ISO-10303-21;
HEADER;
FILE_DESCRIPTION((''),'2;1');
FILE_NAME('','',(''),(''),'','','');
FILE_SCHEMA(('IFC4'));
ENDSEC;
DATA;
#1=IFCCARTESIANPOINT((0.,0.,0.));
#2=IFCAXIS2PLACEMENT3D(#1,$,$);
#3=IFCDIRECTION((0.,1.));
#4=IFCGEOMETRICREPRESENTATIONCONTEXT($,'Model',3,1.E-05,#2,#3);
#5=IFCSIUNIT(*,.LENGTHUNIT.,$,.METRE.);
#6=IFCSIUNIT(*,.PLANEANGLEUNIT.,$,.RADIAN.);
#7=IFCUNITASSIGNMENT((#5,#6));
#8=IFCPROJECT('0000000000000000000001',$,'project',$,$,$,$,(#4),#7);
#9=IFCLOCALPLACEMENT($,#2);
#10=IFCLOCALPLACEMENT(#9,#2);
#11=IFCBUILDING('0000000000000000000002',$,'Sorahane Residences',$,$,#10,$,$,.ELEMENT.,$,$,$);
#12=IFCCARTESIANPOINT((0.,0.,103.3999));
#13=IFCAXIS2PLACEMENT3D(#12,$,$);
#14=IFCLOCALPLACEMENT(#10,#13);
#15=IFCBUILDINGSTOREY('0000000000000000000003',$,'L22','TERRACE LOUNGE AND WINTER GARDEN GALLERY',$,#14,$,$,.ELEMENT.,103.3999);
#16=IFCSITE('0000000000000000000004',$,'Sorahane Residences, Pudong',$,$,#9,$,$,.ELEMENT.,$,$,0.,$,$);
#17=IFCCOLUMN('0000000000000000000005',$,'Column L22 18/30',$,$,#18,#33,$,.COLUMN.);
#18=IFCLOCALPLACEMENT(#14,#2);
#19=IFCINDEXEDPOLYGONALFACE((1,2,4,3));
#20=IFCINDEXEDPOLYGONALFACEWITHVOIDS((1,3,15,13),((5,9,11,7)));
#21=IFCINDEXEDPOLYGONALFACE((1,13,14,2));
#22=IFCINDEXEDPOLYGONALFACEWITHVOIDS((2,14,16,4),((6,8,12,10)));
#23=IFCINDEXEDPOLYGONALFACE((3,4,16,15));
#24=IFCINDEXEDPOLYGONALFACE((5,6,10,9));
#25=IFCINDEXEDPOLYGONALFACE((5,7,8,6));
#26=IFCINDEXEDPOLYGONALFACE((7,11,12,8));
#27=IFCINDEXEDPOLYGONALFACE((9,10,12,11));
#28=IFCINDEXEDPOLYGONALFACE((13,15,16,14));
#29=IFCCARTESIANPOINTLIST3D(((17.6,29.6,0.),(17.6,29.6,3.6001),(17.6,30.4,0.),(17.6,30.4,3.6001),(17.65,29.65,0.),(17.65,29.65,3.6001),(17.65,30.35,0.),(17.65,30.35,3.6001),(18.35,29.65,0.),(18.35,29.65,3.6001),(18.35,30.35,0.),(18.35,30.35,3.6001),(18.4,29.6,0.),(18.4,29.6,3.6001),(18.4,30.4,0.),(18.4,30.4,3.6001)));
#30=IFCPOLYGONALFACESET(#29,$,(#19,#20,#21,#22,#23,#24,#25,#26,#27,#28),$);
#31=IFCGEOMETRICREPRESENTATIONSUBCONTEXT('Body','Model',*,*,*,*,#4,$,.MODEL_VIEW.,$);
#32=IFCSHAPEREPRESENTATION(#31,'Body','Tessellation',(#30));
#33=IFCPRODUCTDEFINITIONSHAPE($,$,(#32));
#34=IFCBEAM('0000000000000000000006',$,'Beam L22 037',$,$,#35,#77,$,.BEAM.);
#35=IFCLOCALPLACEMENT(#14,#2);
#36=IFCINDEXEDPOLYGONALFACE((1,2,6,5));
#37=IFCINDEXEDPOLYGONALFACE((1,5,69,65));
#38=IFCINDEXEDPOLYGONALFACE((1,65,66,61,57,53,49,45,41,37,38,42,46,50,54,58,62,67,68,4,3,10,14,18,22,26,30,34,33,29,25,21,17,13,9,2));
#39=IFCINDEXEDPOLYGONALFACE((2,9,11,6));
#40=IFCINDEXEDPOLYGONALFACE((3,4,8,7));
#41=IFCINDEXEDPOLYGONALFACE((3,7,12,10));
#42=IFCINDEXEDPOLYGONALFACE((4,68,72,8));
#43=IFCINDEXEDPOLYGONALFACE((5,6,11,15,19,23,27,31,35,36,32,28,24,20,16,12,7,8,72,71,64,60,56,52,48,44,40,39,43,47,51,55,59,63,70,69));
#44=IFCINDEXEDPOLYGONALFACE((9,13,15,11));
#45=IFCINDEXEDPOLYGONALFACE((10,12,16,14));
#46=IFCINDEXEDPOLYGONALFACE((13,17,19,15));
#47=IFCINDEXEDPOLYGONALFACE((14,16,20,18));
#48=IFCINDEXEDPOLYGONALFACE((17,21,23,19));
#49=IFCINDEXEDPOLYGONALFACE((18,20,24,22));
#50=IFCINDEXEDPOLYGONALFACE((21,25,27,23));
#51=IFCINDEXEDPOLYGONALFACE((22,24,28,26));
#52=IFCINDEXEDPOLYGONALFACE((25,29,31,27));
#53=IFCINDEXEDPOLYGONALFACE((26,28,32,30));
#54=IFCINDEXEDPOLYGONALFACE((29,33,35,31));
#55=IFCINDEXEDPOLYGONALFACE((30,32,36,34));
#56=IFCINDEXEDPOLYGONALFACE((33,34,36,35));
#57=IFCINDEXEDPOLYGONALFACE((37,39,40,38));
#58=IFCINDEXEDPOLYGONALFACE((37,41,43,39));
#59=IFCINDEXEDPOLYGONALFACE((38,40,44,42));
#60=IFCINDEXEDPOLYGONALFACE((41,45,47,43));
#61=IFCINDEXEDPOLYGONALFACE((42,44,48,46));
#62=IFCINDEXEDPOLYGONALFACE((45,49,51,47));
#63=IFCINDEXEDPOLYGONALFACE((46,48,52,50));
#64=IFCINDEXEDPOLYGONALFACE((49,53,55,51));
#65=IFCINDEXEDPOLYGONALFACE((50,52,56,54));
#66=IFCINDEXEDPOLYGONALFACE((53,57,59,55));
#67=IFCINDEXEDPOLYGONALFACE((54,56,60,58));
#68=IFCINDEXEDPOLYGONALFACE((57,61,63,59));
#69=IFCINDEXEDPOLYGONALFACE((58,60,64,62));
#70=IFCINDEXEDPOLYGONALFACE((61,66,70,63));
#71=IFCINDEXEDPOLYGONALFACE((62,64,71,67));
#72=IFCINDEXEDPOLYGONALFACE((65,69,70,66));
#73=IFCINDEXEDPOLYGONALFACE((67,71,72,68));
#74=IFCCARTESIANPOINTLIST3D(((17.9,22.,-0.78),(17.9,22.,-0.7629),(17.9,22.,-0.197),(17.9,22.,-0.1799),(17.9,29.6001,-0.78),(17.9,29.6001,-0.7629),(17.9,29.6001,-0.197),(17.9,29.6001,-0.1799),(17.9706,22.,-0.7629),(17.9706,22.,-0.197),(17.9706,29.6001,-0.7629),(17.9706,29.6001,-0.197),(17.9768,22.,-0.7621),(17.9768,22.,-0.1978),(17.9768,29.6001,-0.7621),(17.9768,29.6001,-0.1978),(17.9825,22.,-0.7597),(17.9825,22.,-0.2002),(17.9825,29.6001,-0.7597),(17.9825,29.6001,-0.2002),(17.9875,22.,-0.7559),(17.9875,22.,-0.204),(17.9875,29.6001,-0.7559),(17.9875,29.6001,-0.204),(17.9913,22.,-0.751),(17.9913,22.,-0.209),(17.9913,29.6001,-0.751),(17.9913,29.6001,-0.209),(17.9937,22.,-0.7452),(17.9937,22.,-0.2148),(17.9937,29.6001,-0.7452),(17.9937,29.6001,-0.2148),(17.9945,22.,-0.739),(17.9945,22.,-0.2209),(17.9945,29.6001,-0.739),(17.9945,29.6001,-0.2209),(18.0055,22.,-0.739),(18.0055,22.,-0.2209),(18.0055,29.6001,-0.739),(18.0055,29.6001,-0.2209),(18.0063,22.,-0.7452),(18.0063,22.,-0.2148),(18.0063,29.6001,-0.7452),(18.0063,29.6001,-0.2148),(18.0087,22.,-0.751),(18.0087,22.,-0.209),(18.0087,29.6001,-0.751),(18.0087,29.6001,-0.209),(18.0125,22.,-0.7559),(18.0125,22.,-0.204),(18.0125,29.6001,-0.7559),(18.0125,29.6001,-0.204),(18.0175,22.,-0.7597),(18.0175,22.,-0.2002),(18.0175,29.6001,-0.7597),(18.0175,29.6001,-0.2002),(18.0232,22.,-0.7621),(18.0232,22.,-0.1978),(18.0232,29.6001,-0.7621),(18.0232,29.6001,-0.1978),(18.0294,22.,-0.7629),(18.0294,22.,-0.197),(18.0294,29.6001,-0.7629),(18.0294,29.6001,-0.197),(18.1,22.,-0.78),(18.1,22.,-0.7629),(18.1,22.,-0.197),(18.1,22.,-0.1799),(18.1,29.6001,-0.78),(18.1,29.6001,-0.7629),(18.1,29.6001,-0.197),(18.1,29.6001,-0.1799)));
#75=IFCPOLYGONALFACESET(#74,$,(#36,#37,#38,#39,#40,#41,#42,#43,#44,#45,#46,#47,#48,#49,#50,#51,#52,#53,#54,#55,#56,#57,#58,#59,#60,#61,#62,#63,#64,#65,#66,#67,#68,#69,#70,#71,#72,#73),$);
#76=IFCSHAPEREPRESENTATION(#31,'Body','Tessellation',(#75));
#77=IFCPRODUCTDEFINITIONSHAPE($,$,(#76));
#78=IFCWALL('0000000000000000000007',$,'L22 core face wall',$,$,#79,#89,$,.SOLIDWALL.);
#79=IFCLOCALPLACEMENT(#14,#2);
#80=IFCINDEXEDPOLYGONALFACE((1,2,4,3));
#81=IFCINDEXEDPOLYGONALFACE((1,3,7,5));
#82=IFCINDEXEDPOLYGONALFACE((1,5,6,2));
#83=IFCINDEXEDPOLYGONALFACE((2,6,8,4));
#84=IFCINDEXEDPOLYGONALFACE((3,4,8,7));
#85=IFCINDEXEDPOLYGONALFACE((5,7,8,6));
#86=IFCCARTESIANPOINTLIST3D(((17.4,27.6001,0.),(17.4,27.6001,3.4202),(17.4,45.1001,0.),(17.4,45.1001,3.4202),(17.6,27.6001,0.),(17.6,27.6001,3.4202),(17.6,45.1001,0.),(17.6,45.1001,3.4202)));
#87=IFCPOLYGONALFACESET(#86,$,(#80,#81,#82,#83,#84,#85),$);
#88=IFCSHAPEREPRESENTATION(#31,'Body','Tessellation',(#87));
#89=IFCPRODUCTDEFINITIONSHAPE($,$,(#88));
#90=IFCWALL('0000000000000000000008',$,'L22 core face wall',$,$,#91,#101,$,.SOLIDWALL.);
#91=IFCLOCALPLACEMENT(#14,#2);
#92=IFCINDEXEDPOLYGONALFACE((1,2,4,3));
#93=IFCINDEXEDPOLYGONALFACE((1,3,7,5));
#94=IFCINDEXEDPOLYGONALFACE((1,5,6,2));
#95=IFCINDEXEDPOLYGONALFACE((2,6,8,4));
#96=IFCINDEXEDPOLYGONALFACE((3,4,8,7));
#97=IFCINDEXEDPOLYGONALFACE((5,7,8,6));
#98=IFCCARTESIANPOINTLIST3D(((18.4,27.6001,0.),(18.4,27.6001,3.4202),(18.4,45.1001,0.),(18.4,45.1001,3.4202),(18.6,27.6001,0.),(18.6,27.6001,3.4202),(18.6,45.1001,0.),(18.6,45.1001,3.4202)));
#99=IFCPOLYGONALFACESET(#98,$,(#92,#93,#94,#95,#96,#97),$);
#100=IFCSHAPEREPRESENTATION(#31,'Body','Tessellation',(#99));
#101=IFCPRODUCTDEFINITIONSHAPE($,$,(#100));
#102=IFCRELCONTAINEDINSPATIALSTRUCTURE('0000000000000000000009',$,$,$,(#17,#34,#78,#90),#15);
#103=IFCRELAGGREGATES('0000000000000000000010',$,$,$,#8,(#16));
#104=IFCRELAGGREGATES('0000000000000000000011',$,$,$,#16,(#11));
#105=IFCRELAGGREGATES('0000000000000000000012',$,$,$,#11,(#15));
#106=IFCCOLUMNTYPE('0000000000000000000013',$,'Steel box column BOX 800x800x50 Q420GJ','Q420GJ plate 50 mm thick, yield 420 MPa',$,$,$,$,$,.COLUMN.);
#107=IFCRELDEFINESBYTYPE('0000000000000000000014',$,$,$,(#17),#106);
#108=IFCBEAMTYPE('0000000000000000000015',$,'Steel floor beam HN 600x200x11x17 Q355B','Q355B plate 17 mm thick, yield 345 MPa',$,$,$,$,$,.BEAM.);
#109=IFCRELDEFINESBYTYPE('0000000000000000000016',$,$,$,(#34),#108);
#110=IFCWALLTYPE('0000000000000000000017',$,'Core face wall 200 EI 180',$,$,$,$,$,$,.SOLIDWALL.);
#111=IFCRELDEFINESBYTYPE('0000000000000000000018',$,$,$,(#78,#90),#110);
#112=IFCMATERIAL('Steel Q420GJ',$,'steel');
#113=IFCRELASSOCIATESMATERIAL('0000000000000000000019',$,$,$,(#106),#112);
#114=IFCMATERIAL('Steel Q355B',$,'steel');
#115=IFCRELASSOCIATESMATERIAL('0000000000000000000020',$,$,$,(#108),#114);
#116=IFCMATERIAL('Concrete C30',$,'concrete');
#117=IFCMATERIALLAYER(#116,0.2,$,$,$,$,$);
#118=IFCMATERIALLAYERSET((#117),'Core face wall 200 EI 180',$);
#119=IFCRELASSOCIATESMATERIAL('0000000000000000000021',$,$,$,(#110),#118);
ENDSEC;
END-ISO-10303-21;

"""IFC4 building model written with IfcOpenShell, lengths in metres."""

from ifc_helpers import new_model, si_unit, direction, frame, frame_2d, origin, origin_2d, place, context, subcontext, project, spatial, rectangle, hollow_rectangle, i_section, extrude, material, layer, layer_set, material_profile, profile_set, type_object, element, save


model = new_model("IFC4")

# Units and contexts
model_context = context("Model", 3, precision=1e-05, world=origin(), true_north=direction((0.0, 1.0)))
body_context = subcontext(model_context, "Body", "Model", "MODEL_VIEW")
ifc_project = project(units=[si_unit("LENGTHUNIT", "METRE"), si_unit("PLANEANGLEUNIT", "RADIAN")], contexts=[model_context])

# Site, building, storey
site_placement = place(None, origin())
site = spatial("IfcSite", under=ifc_project, at=site_placement, Name="Sorahane Residences, Pudong", CompositionType="ELEMENT", RefElevation=0.0)
building_placement = place(site_placement, origin())
building = spatial("IfcBuilding", under=site, at=building_placement, Name="Sorahane Residences", CompositionType="ELEMENT")
storey_placement = place(building_placement, frame((0.0, 0.0, 103.3999)))
storey = spatial("IfcBuildingStorey", under=building, at=storey_placement, Name="L22", Description="TERRACE LOUNGE AND WINTER GARDEN GALLERY", CompositionType="ELEMENT", Elevation=103.3999)

# Column
ifc_material_1 = material(Name="Steel Q420GJ", Category="steel")
ifc_material_profile_1 = material_profile(ifc_material_1, hollow_rectangle(XDim=0.8, YDim=0.8, WallThickness=0.05, at=origin_2d()), Name="BOX 800x800x50")
ifc_profile_set_1 = profile_set([ifc_material_profile_1], Name="Steel Q420GJ")
column_type = type_object("IfcColumnType", Name="Steel box column BOX 800x800x50 Q420GJ", Description="Q420GJ plate 50 mm thick, yield 420 MPa", PredefinedType="COLUMN", material=ifc_profile_set_1)
column_placement = place(storey_placement, frame((18.0, 30.0, 0.0), z_axis=(0.0, 0.0, 1.0), x_axis=(1.0, 0.0, 0.0)))
element("IfcColumn", 1, at=column_placement, inside=storey, type_object=column_type, Name="Column L22 18/30", PredefinedType="COLUMN", context=body_context, shape_type="SweptSolid", body=[
    extrude(hollow_rectangle(XDim=0.8, YDim=0.8, WallThickness=0.05, at=origin_2d()), origin(), (0.0, 0.0, 1.0), 3.6001),
])

# Beam
ifc_material_2 = material(Name="Steel Q355B", Category="steel")
ifc_material_profile_2 = material_profile(ifc_material_2, i_section(OverallWidth=0.2, OverallDepth=0.6001, WebThickness=0.011, FlangeThickness=0.0171, FilletRadius=0.0239, at=origin_2d()), Name="HN 600x200x11x17")
ifc_profile_set_2 = profile_set([ifc_material_profile_2], Name="Steel Q355B")
beam_type = type_object("IfcBeamType", Name="Steel floor beam HN 600x200x11x17 Q355B", Description="Q355B plate 17 mm thick, yield 345 MPa", PredefinedType="BEAM", material=ifc_profile_set_2)
beam_placement = place(storey_placement, frame((18.0, 22.0, -0.48), z_axis=(0.0, 1.0, 0.0), x_axis=(-1.0, 0.0, 0.0)))
element("IfcBeam", 2, at=beam_placement, inside=storey, type_object=beam_type, Name="Beam L22 037", PredefinedType="BEAM", context=body_context, shape_type="SweptSolid", body=[
    extrude(i_section(OverallWidth=0.2, OverallDepth=0.6001, WebThickness=0.011, FlangeThickness=0.0171, FilletRadius=0.0239, at=origin_2d()), origin(), (0.0, 0.0, 1.0), 7.6001),
])

# Walls
ifc_material_3 = material(Name="Concrete C30", Category="concrete")
ifc_layer_1 = layer(ifc_material_3, 0.2)
ifc_layer_set_1 = layer_set([ifc_layer_1], Name="Core face wall 200 EI 180")
wall_type_1 = type_object("IfcWallType", Name="Core face wall 200 EI 180", PredefinedType="SOLIDWALL", material=ifc_layer_set_1)
for number, where, z_axis, x_axis, name in (
    (3, (17.5, 27.6001, 0.0), (0.0, 0.0, 1.0), (0.0, 1.0, 0.0), "L22 core face wall"),
    (4, (18.5, 27.6001, 0.0), (0.0, 0.0, 1.0), (0.0, 1.0, 0.0), "L22 core face wall"),
):
    element("IfcWall", number, at=place(storey_placement, frame(where, z_axis=z_axis, x_axis=x_axis)), inside=storey, type_object=wall_type_1, Name=name, PredefinedType="SOLIDWALL", context=body_context, shape_type="SweptSolid", body=[
        extrude(rectangle(XDim=17.5, YDim=0.2, at=frame_2d((8.75, 0.0))), origin(), (0.0, 0.0, 1.0), 3.4202),
    ])

save(model, "model.ifc")
